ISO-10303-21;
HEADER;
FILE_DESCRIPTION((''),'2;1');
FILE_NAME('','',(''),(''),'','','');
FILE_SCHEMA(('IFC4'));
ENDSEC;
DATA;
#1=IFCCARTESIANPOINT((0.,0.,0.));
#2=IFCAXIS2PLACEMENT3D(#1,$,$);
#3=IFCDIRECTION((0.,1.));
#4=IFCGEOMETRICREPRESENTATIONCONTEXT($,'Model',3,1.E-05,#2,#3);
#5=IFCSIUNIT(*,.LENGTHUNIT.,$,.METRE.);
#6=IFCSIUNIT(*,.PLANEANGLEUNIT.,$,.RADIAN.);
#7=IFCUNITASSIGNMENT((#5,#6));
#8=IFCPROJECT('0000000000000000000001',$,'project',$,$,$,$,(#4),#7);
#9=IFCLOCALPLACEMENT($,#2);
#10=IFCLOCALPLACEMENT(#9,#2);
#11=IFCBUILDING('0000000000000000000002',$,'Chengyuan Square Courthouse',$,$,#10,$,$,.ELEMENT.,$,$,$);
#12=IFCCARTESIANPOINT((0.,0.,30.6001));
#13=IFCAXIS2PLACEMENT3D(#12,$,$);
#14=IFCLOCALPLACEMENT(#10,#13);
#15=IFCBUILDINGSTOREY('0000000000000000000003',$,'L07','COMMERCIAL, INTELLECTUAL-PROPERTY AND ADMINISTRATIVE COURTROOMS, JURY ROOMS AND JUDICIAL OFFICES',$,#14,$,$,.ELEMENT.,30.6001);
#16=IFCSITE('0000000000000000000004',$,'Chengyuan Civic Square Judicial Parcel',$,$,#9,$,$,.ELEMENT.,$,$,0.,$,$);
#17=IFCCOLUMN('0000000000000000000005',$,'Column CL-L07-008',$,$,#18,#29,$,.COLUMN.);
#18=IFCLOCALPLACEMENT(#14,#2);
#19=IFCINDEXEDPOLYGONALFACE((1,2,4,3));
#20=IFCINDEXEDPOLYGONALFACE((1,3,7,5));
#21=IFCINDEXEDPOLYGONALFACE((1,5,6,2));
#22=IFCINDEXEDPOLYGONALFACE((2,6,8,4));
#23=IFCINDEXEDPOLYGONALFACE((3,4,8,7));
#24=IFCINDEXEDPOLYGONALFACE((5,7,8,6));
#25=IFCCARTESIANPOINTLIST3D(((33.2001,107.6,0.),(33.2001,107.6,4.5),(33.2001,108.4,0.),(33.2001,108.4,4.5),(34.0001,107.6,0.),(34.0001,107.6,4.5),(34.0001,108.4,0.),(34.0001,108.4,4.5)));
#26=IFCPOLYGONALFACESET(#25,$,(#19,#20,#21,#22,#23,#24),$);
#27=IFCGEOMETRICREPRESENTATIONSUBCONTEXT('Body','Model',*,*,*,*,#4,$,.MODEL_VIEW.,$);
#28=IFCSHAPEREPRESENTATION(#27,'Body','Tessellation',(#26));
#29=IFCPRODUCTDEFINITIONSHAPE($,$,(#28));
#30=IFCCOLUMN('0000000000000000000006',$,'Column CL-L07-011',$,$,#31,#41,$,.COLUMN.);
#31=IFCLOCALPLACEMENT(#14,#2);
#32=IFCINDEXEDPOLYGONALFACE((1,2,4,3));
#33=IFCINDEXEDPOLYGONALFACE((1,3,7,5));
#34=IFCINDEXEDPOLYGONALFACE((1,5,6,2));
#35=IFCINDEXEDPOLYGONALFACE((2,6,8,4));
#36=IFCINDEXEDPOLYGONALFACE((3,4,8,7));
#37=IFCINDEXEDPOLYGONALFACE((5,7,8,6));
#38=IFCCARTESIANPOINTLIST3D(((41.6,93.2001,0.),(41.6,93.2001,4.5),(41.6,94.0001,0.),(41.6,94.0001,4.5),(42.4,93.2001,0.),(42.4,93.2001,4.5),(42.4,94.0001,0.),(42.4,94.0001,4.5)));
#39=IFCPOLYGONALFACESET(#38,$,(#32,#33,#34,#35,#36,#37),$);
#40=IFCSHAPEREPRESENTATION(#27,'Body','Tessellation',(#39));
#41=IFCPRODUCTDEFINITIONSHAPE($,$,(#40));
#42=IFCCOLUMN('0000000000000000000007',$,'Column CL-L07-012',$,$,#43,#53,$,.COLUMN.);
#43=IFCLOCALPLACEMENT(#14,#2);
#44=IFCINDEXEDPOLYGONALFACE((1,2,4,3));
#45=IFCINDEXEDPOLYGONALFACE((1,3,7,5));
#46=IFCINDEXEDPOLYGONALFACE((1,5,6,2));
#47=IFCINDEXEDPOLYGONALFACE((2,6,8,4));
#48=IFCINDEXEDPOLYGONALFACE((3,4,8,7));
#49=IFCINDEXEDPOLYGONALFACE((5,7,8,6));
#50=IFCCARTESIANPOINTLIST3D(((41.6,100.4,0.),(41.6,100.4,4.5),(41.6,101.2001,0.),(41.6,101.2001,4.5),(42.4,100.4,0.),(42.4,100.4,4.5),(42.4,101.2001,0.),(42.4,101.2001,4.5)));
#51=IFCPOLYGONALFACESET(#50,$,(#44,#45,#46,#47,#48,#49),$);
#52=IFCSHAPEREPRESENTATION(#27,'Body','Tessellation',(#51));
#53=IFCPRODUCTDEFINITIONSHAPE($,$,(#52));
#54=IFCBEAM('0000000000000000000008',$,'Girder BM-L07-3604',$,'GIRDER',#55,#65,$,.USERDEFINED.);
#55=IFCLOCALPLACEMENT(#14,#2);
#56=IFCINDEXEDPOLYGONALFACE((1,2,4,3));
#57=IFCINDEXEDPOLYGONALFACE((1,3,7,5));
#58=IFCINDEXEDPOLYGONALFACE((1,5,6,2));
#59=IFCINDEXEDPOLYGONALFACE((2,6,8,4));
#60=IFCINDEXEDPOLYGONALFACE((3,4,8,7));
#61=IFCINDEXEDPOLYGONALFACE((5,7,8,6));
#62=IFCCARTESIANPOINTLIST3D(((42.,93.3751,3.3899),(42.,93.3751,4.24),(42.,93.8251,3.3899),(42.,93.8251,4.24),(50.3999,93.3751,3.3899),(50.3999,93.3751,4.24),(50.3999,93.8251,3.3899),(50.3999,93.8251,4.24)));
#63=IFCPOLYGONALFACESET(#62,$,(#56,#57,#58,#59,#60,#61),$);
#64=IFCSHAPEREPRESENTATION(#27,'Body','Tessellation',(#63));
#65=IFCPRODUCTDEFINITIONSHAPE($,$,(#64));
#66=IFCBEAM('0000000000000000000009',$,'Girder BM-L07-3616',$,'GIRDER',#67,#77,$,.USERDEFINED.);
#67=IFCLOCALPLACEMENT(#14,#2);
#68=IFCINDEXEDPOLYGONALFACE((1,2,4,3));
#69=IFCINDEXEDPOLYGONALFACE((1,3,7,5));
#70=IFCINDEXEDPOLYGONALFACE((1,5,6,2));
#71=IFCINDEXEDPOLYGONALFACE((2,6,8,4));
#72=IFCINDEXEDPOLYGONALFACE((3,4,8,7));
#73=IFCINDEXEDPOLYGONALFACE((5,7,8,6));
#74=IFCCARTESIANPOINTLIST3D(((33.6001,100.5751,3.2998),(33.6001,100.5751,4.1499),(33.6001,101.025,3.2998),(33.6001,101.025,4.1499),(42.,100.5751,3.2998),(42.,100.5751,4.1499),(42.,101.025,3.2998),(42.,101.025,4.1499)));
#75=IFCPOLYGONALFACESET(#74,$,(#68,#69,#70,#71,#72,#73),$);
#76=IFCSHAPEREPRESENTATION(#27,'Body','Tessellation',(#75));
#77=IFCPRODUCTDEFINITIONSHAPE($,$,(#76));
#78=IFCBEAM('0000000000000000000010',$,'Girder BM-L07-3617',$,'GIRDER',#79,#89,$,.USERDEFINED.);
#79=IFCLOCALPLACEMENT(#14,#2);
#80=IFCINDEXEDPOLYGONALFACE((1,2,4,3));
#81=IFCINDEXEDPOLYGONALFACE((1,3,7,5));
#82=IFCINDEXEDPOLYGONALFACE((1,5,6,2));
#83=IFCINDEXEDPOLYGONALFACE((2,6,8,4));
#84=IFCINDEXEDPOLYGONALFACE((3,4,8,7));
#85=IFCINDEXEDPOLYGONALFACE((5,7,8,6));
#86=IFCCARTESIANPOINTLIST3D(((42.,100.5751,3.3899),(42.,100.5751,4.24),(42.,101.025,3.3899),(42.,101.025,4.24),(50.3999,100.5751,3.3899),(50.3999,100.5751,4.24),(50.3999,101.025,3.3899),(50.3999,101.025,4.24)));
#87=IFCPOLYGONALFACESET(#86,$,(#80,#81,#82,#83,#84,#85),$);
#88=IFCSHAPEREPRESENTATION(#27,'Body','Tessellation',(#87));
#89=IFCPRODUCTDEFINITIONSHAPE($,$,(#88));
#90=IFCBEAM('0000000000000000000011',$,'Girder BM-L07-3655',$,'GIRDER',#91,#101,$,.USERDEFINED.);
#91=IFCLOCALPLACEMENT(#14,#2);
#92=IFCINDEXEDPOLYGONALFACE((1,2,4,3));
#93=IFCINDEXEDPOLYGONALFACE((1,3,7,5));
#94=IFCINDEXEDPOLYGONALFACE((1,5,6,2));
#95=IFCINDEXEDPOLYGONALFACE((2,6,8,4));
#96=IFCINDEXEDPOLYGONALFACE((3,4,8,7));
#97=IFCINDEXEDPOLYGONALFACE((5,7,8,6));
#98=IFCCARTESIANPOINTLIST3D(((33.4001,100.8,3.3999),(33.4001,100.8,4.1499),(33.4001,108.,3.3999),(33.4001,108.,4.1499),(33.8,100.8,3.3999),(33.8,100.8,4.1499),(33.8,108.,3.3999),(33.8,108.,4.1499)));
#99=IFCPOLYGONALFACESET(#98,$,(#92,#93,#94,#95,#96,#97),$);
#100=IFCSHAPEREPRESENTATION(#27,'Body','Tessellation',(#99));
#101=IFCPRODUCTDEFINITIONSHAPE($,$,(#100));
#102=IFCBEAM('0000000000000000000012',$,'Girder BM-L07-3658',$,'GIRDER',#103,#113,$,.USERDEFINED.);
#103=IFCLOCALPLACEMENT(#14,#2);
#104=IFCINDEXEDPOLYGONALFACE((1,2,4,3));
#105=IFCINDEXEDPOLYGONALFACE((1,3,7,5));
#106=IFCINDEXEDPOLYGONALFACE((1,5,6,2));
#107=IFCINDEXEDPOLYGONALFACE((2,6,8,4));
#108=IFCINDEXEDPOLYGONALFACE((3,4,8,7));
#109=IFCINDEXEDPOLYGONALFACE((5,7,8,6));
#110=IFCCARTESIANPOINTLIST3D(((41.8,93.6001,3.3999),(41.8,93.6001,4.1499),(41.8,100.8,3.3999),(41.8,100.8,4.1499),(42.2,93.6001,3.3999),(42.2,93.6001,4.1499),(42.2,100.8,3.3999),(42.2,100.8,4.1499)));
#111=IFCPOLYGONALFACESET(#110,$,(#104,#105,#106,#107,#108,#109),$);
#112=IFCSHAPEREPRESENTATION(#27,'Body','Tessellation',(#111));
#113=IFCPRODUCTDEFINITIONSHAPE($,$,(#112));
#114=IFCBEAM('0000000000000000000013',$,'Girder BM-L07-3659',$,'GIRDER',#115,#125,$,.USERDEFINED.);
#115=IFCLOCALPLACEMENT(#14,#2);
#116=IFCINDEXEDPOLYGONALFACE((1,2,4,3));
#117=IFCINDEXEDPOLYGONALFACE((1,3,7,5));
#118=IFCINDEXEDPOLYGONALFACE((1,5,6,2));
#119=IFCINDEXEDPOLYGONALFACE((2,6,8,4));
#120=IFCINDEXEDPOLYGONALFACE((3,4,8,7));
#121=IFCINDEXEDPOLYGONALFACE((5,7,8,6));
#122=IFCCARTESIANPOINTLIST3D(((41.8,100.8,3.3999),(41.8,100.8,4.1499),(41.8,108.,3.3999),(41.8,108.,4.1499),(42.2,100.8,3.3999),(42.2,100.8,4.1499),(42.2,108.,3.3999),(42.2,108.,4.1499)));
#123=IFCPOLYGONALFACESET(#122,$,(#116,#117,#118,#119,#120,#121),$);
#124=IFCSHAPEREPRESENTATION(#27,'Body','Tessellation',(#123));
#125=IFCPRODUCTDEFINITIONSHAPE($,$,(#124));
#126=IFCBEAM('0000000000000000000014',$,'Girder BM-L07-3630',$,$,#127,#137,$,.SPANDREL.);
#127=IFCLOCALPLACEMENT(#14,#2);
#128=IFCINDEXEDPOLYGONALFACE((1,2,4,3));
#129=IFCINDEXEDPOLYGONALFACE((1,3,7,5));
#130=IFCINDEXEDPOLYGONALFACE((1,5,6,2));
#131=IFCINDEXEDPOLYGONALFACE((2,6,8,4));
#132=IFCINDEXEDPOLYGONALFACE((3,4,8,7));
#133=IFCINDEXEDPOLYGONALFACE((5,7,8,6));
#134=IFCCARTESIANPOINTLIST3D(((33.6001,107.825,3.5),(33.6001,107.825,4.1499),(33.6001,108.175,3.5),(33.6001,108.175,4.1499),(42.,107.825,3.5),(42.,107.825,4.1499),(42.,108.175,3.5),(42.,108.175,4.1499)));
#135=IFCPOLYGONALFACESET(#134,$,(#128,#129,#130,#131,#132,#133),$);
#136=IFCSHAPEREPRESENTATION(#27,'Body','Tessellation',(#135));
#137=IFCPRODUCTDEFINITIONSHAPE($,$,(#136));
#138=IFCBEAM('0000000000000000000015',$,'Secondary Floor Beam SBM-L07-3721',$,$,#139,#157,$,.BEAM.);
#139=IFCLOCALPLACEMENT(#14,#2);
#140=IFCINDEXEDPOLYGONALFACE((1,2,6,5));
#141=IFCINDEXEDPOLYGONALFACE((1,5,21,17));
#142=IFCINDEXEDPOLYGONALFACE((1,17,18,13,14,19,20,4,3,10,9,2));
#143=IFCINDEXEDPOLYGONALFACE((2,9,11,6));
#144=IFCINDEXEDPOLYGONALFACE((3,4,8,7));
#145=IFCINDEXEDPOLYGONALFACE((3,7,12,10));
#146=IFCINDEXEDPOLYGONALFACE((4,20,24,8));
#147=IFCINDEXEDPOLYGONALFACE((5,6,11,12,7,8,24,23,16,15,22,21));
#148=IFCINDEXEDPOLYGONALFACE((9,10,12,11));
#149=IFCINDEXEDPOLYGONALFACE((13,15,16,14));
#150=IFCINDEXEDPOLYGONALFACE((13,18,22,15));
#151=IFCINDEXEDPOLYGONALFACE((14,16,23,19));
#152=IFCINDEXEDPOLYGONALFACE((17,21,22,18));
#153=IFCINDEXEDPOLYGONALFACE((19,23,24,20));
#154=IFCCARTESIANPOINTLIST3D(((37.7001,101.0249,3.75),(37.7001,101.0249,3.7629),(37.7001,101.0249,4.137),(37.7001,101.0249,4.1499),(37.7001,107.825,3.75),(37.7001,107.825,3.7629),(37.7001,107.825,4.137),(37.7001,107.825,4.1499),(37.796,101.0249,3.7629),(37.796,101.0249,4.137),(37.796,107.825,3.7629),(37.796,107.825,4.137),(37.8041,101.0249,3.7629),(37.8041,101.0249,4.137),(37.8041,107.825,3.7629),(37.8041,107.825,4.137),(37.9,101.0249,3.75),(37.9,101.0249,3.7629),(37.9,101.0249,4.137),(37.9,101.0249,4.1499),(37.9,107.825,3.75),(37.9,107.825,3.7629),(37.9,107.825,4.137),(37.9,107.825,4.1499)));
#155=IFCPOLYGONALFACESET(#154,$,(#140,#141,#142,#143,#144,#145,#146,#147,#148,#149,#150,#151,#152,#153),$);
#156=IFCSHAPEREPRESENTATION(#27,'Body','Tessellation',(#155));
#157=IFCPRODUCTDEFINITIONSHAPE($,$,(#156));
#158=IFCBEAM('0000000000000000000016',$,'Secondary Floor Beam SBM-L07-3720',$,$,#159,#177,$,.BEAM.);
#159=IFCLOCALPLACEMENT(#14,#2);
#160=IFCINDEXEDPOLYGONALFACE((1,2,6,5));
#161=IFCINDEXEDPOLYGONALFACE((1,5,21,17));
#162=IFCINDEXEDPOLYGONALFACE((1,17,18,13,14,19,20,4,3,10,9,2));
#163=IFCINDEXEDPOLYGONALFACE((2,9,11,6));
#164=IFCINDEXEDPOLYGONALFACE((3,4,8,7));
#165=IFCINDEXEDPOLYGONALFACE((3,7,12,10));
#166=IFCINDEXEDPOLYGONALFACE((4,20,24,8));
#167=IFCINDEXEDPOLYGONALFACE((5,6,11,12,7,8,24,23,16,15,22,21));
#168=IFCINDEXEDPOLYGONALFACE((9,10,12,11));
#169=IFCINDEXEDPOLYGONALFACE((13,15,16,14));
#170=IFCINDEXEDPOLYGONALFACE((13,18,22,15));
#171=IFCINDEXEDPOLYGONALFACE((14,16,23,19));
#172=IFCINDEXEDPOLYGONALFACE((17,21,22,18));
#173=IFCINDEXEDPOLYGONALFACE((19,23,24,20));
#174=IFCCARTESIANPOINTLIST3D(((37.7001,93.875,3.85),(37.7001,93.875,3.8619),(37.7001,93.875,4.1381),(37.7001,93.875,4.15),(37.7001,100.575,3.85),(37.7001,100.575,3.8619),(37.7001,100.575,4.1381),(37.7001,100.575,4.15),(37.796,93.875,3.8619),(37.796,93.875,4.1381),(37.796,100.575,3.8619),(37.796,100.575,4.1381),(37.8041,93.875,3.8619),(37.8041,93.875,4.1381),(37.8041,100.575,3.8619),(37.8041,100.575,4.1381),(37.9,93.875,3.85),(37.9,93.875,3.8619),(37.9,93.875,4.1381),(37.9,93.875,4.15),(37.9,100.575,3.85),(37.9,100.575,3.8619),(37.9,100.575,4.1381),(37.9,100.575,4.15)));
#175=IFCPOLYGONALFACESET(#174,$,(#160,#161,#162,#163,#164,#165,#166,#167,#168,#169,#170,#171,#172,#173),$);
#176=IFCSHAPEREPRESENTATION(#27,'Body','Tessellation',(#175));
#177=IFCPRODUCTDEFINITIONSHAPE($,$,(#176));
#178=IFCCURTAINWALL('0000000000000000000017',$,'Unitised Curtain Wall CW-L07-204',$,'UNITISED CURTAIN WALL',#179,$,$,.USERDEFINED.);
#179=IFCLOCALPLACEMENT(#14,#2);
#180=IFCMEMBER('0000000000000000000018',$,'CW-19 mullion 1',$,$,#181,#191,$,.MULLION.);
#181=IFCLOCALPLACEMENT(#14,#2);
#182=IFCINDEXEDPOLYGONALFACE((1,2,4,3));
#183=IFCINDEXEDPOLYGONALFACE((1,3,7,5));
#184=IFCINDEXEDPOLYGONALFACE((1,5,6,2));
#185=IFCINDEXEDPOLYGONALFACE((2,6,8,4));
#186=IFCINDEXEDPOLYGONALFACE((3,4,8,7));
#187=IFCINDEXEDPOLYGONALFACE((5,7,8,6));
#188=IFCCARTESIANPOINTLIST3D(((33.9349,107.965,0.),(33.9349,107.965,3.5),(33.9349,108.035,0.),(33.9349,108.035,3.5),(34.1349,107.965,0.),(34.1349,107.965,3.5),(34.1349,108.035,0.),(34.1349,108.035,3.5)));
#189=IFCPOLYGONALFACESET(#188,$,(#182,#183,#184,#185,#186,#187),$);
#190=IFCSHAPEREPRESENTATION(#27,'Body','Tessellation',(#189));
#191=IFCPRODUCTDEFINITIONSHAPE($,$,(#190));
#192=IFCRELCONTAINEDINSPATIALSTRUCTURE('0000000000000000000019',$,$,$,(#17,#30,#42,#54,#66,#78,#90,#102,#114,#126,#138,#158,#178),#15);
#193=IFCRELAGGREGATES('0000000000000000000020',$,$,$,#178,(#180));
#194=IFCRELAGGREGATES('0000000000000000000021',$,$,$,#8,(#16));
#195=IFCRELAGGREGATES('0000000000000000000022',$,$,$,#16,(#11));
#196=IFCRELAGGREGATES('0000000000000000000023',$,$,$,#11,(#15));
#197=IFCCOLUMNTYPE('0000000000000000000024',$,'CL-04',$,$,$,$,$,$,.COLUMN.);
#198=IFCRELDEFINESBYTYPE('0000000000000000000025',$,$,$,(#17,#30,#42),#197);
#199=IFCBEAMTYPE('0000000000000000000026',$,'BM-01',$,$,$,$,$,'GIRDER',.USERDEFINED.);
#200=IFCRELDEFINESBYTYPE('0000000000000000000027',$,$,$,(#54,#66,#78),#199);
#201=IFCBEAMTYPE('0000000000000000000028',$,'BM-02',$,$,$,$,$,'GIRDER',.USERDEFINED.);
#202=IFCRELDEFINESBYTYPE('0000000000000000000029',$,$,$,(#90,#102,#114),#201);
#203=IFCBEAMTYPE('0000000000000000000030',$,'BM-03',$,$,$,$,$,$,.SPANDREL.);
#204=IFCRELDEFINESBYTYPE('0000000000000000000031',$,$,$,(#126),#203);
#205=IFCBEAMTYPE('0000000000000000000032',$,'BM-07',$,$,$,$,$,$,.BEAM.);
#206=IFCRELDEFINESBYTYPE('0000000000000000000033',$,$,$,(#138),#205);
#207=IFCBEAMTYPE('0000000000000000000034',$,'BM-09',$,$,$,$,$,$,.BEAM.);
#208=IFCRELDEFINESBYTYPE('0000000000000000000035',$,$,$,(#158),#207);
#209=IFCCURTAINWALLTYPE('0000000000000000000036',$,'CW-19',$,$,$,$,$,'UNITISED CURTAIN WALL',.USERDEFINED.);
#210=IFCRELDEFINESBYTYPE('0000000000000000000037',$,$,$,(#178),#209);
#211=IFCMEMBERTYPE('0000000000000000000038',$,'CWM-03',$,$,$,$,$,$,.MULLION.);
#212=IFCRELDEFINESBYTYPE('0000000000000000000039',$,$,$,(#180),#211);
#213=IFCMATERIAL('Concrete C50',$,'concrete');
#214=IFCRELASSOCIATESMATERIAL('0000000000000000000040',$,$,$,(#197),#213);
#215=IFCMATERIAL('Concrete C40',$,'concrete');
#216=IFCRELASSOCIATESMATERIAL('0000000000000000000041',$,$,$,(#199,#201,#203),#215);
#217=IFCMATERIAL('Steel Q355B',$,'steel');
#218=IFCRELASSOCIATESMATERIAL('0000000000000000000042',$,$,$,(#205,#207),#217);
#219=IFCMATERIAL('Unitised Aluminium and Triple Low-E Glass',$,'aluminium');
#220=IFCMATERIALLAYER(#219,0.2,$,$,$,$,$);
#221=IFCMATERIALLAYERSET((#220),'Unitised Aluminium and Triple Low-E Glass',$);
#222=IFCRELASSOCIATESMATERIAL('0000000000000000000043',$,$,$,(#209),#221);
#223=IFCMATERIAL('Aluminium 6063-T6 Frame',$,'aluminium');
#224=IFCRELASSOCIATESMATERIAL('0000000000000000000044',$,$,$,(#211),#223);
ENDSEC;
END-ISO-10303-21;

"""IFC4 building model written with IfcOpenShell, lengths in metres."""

from ifc_helpers import new_model, si_unit, direction, frame, origin, origin_2d, place, context, subcontext, project, spatial, rectangle, i_section, extrude, material, layer, layer_set, material_profile, profile_set, type_object, element, aggregate, save


model = new_model("IFC4")

# Units and contexts
model_context = context("Model", 3, precision=1e-05, world=origin(), true_north=direction((0.0, 1.0)))
body_context = subcontext(model_context, "Body", "Model", "MODEL_VIEW")
ifc_project = project(units=[si_unit("LENGTHUNIT", "METRE"), si_unit("PLANEANGLEUNIT", "RADIAN")], contexts=[model_context])

# Site, building, storey
site_placement = place(None, origin())
site = spatial("IfcSite", under=ifc_project, at=site_placement, Name="Chengyuan Civic Square Judicial Parcel", CompositionType="ELEMENT", RefElevation=0.0)
building_placement = place(site_placement, origin())
building = spatial("IfcBuilding", under=site, at=building_placement, Name="Chengyuan Square Courthouse", CompositionType="ELEMENT")
storey_placement = place(building_placement, frame((0.0, 0.0, 30.6001)))
storey = spatial("IfcBuildingStorey", under=building, at=storey_placement, Name="L07", Description="COMMERCIAL, INTELLECTUAL-PROPERTY AND ADMINISTRATIVE COURTROOMS, JURY ROOMS AND JUDICIAL OFFICES", CompositionType="ELEMENT", Elevation=30.6001)

# Columns
ifc_material_1 = material(Name="Concrete C50", Category="concrete")
ifc_material_profile_1 = material_profile(ifc_material_1, rectangle(XDim=0.8, YDim=0.8, at=origin_2d()), Name="RC-COL-800x800")
ifc_profile_set_1 = profile_set([ifc_material_profile_1], Name="Concrete C50")
column_type = type_object("IfcColumnType", Name="CL-04", PredefinedType="COLUMN", material=ifc_profile_set_1)
for number, where, z_axis, x_axis, name in (
    (1, (33.6001, 108.0, 0.0), (0.0, 0.0, 1.0), (1.0, 0.0, 0.0), "Column CL-L07-008"),
    (2, (42.0, 93.6001, 0.0), (0.0, 0.0, 1.0), (1.0, 0.0, 0.0), "Column CL-L07-011"),
    (3, (42.0, 100.8, 0.0), (0.0, 0.0, 1.0), (1.0, 0.0, 0.0), "Column CL-L07-012"),
):
    element("IfcColumn", number, at=place(storey_placement, frame(where, z_axis=z_axis, x_axis=x_axis)), inside=storey, type_object=column_type, Name=name, PredefinedType="COLUMN", context=body_context, shape_type="SweptSolid", body=[
        extrude(rectangle(XDim=0.8, YDim=0.8, at=origin_2d()), origin(), (0.0, 0.0, 1.0), 4.5),
    ])

# Beams
ifc_material_2 = material(Name="Concrete C40", Category="concrete")
ifc_material_profile_2 = material_profile(ifc_material_2, rectangle(XDim=0.45, YDim=0.8501, at=origin_2d()), Name="RC-BM-450x850")
ifc_profile_set_2 = profile_set([ifc_material_profile_2], Name="Concrete C40")
beam_type_1 = type_object("IfcBeamType", Name="BM-01", ElementType="GIRDER", PredefinedType="USERDEFINED", material=ifc_profile_set_2)
for number, where, z_axis, x_axis, name in (
    (4, (42.0, 93.6001, 3.8149), (1.0, 0.0, 0.0), (0.0, 1.0, 0.0), "Girder BM-L07-3604"),
    (5, (33.6001, 100.8, 3.7249), (1.0, 0.0, 0.0), (0.0, 1.0, 0.0), "Girder BM-L07-3616"),
    (6, (42.0, 100.8, 3.8149), (1.0, 0.0, 0.0), (0.0, 1.0, 0.0), "Girder BM-L07-3617"),
):
    element("IfcBeam", number, at=place(storey_placement, frame(where, z_axis=z_axis, x_axis=x_axis)), inside=storey, type_object=beam_type_1, Name=name, ObjectType="GIRDER", PredefinedType="USERDEFINED", context=body_context, shape_type="SweptSolid", body=[
        extrude(rectangle(XDim=0.45, YDim=0.8501, at=origin_2d()), origin(), (0.0, 0.0, 1.0), 8.3999),
    ])
ifc_material_profile_3 = material_profile(ifc_material_2, rectangle(XDim=0.3999, YDim=0.75, at=origin_2d()), Name="RC-BM-400x750")
ifc_profile_set_3 = profile_set([ifc_material_profile_3], Name="Concrete C40")
beam_type_2 = type_object("IfcBeamType", Name="BM-02", ElementType="GIRDER", PredefinedType="USERDEFINED", material=ifc_profile_set_3)
for number, where, z_axis, x_axis, name in (
    (7, (33.6001, 100.8, 3.7749), (0.0, 1.0, 0.0), (-1.0, 0.0, 0.0), "Girder BM-L07-3655"),
    (8, (42.0, 93.6001, 3.7749), (0.0, 1.0, 0.0), (-1.0, 0.0, 0.0), "Girder BM-L07-3658"),
    (9, (42.0, 100.8, 3.7749), (0.0, 1.0, 0.0), (-1.0, 0.0, 0.0), "Girder BM-L07-3659"),
):
    element("IfcBeam", number, at=place(storey_placement, frame(where, z_axis=z_axis, x_axis=x_axis)), inside=storey, type_object=beam_type_2, Name=name, ObjectType="GIRDER", PredefinedType="USERDEFINED", context=body_context, shape_type="SweptSolid", body=[
        extrude(rectangle(XDim=0.3999, YDim=0.75, at=origin_2d()), origin(), (0.0, 0.0, 1.0), 7.2),
    ])
ifc_material_profile_4 = material_profile(ifc_material_2, rectangle(XDim=0.3501, YDim=0.6499, at=origin_2d()), Name="RC-BM-350x650")
ifc_profile_set_4 = profile_set([ifc_material_profile_4], Name="Concrete C40")
beam_type_3 = type_object("IfcBeamType", Name="BM-03", PredefinedType="SPANDREL", material=ifc_profile_set_4)
beam_1_placement = place(storey_placement, frame((33.6001, 108.0, 3.825), z_axis=(1.0, 0.0, 0.0), x_axis=(0.0, 1.0, 0.0)))
element("IfcBeam", 10, at=beam_1_placement, inside=storey, type_object=beam_type_3, Name="Girder BM-L07-3630", PredefinedType="SPANDREL", context=body_context, shape_type="SweptSolid", body=[
    extrude(rectangle(XDim=0.3501, YDim=0.6499, at=origin_2d()), origin(), (0.0, 0.0, 1.0), 8.3999),
])
ifc_material_3 = material(Name="Steel Q355B", Category="steel")
ifc_material_profile_5 = material_profile(ifc_material_3, i_section(OverallWidth=0.2, OverallDepth=0.3999, WebThickness=0.0081, FlangeThickness=0.0129, at=origin_2d()), Name="HN 400x200x8x13")
ifc_profile_set_5 = profile_set([ifc_material_profile_5], Name="Steel Q355B")
beam_type_4 = type_object("IfcBeamType", Name="BM-07", PredefinedType="BEAM", material=ifc_profile_set_5)
beam_2_placement = place(storey_placement, frame((37.8, 101.0249, 3.95), z_axis=(0.0, 1.0, 0.0), x_axis=(-1.0, 0.0, 0.0)))
element("IfcBeam", 11, at=beam_2_placement, inside=storey, type_object=beam_type_4, Name="Secondary Floor Beam SBM-L07-3721", PredefinedType="BEAM", context=body_context, shape_type="SweptSolid", body=[
    extrude(i_section(OverallWidth=0.2, OverallDepth=0.3999, WebThickness=0.0081, FlangeThickness=0.0129, at=origin_2d()), origin(), (0.0, 0.0, 1.0), 6.8),
])
ifc_material_profile_6 = material_profile(ifc_material_3, i_section(OverallWidth=0.2, OverallDepth=0.3, WebThickness=0.0081, FlangeThickness=0.012, at=origin_2d()), Name="HM 300x200x8x12")
ifc_profile_set_6 = profile_set([ifc_material_profile_6], Name="Steel Q355B")
beam_type_5 = type_object("IfcBeamType", Name="BM-09", PredefinedType="BEAM", material=ifc_profile_set_6)
beam_3_placement = place(storey_placement, frame((37.8, 93.875, 4.0), z_axis=(0.0, 1.0, 0.0), x_axis=(-1.0, 0.0, 0.0)))
element("IfcBeam", 12, at=beam_3_placement, inside=storey, type_object=beam_type_5, Name="Secondary Floor Beam SBM-L07-3720", PredefinedType="BEAM", context=body_context, shape_type="SweptSolid", body=[
    extrude(i_section(OverallWidth=0.2, OverallDepth=0.3, WebThickness=0.0081, FlangeThickness=0.012, at=origin_2d()), origin(), (0.0, 0.0, 1.0), 6.7),
])

# Curtain wall, member
ifc_material_4 = material(Name="Unitised Aluminium and Triple Low-E Glass", Category="aluminium")
ifc_layer_1 = layer(ifc_material_4, 0.2)
ifc_layer_set_1 = layer_set([ifc_layer_1], Name="Unitised Aluminium and Triple Low-E Glass")
curtain_wall_type = type_object("IfcCurtainWallType", Name="CW-19", ElementType="UNITISED CURTAIN WALL", PredefinedType="USERDEFINED", material=ifc_layer_set_1)
curtain_wall_placement = place(storey_placement, origin())
curtain_wall = element("IfcCurtainWall", 13, at=curtain_wall_placement, inside=storey, type_object=curtain_wall_type, Name="Unitised Curtain Wall CW-L07-204", ObjectType="UNITISED CURTAIN WALL", PredefinedType="USERDEFINED")
ifc_material_5 = material(Name="Aluminium 6063-T6 Frame", Category="aluminium")
ifc_material_profile_7 = material_profile(ifc_material_5, rectangle(XDim=0.0701, YDim=0.2, at=origin_2d()), Name="CW-MUL-70x200")
ifc_profile_set_7 = profile_set([ifc_material_profile_7], Name="Aluminium 6063-T6 Frame")
member_type_1 = type_object("IfcMemberType", Name="CWM-03", PredefinedType="MULLION", material=ifc_profile_set_7)
member_1_placement = place(storey_placement, frame((34.0349, 108.0, 0.0), z_axis=(0.0, 0.0, 1.0), x_axis=(0.0, 1.0, 0.0)))
member_1 = element("IfcMember", 14, at=member_1_placement, type_object=member_type_1, Name="CW-19 mullion 1", PredefinedType="MULLION", context=body_context, shape_type="SweptSolid", body=[
    extrude(rectangle(XDim=0.0701, YDim=0.2, at=origin_2d()), origin(), (0.0, 0.0, 1.0), 3.5),
])
aggregate(curtain_wall, [member_1])

save(model, "model.ifc")
